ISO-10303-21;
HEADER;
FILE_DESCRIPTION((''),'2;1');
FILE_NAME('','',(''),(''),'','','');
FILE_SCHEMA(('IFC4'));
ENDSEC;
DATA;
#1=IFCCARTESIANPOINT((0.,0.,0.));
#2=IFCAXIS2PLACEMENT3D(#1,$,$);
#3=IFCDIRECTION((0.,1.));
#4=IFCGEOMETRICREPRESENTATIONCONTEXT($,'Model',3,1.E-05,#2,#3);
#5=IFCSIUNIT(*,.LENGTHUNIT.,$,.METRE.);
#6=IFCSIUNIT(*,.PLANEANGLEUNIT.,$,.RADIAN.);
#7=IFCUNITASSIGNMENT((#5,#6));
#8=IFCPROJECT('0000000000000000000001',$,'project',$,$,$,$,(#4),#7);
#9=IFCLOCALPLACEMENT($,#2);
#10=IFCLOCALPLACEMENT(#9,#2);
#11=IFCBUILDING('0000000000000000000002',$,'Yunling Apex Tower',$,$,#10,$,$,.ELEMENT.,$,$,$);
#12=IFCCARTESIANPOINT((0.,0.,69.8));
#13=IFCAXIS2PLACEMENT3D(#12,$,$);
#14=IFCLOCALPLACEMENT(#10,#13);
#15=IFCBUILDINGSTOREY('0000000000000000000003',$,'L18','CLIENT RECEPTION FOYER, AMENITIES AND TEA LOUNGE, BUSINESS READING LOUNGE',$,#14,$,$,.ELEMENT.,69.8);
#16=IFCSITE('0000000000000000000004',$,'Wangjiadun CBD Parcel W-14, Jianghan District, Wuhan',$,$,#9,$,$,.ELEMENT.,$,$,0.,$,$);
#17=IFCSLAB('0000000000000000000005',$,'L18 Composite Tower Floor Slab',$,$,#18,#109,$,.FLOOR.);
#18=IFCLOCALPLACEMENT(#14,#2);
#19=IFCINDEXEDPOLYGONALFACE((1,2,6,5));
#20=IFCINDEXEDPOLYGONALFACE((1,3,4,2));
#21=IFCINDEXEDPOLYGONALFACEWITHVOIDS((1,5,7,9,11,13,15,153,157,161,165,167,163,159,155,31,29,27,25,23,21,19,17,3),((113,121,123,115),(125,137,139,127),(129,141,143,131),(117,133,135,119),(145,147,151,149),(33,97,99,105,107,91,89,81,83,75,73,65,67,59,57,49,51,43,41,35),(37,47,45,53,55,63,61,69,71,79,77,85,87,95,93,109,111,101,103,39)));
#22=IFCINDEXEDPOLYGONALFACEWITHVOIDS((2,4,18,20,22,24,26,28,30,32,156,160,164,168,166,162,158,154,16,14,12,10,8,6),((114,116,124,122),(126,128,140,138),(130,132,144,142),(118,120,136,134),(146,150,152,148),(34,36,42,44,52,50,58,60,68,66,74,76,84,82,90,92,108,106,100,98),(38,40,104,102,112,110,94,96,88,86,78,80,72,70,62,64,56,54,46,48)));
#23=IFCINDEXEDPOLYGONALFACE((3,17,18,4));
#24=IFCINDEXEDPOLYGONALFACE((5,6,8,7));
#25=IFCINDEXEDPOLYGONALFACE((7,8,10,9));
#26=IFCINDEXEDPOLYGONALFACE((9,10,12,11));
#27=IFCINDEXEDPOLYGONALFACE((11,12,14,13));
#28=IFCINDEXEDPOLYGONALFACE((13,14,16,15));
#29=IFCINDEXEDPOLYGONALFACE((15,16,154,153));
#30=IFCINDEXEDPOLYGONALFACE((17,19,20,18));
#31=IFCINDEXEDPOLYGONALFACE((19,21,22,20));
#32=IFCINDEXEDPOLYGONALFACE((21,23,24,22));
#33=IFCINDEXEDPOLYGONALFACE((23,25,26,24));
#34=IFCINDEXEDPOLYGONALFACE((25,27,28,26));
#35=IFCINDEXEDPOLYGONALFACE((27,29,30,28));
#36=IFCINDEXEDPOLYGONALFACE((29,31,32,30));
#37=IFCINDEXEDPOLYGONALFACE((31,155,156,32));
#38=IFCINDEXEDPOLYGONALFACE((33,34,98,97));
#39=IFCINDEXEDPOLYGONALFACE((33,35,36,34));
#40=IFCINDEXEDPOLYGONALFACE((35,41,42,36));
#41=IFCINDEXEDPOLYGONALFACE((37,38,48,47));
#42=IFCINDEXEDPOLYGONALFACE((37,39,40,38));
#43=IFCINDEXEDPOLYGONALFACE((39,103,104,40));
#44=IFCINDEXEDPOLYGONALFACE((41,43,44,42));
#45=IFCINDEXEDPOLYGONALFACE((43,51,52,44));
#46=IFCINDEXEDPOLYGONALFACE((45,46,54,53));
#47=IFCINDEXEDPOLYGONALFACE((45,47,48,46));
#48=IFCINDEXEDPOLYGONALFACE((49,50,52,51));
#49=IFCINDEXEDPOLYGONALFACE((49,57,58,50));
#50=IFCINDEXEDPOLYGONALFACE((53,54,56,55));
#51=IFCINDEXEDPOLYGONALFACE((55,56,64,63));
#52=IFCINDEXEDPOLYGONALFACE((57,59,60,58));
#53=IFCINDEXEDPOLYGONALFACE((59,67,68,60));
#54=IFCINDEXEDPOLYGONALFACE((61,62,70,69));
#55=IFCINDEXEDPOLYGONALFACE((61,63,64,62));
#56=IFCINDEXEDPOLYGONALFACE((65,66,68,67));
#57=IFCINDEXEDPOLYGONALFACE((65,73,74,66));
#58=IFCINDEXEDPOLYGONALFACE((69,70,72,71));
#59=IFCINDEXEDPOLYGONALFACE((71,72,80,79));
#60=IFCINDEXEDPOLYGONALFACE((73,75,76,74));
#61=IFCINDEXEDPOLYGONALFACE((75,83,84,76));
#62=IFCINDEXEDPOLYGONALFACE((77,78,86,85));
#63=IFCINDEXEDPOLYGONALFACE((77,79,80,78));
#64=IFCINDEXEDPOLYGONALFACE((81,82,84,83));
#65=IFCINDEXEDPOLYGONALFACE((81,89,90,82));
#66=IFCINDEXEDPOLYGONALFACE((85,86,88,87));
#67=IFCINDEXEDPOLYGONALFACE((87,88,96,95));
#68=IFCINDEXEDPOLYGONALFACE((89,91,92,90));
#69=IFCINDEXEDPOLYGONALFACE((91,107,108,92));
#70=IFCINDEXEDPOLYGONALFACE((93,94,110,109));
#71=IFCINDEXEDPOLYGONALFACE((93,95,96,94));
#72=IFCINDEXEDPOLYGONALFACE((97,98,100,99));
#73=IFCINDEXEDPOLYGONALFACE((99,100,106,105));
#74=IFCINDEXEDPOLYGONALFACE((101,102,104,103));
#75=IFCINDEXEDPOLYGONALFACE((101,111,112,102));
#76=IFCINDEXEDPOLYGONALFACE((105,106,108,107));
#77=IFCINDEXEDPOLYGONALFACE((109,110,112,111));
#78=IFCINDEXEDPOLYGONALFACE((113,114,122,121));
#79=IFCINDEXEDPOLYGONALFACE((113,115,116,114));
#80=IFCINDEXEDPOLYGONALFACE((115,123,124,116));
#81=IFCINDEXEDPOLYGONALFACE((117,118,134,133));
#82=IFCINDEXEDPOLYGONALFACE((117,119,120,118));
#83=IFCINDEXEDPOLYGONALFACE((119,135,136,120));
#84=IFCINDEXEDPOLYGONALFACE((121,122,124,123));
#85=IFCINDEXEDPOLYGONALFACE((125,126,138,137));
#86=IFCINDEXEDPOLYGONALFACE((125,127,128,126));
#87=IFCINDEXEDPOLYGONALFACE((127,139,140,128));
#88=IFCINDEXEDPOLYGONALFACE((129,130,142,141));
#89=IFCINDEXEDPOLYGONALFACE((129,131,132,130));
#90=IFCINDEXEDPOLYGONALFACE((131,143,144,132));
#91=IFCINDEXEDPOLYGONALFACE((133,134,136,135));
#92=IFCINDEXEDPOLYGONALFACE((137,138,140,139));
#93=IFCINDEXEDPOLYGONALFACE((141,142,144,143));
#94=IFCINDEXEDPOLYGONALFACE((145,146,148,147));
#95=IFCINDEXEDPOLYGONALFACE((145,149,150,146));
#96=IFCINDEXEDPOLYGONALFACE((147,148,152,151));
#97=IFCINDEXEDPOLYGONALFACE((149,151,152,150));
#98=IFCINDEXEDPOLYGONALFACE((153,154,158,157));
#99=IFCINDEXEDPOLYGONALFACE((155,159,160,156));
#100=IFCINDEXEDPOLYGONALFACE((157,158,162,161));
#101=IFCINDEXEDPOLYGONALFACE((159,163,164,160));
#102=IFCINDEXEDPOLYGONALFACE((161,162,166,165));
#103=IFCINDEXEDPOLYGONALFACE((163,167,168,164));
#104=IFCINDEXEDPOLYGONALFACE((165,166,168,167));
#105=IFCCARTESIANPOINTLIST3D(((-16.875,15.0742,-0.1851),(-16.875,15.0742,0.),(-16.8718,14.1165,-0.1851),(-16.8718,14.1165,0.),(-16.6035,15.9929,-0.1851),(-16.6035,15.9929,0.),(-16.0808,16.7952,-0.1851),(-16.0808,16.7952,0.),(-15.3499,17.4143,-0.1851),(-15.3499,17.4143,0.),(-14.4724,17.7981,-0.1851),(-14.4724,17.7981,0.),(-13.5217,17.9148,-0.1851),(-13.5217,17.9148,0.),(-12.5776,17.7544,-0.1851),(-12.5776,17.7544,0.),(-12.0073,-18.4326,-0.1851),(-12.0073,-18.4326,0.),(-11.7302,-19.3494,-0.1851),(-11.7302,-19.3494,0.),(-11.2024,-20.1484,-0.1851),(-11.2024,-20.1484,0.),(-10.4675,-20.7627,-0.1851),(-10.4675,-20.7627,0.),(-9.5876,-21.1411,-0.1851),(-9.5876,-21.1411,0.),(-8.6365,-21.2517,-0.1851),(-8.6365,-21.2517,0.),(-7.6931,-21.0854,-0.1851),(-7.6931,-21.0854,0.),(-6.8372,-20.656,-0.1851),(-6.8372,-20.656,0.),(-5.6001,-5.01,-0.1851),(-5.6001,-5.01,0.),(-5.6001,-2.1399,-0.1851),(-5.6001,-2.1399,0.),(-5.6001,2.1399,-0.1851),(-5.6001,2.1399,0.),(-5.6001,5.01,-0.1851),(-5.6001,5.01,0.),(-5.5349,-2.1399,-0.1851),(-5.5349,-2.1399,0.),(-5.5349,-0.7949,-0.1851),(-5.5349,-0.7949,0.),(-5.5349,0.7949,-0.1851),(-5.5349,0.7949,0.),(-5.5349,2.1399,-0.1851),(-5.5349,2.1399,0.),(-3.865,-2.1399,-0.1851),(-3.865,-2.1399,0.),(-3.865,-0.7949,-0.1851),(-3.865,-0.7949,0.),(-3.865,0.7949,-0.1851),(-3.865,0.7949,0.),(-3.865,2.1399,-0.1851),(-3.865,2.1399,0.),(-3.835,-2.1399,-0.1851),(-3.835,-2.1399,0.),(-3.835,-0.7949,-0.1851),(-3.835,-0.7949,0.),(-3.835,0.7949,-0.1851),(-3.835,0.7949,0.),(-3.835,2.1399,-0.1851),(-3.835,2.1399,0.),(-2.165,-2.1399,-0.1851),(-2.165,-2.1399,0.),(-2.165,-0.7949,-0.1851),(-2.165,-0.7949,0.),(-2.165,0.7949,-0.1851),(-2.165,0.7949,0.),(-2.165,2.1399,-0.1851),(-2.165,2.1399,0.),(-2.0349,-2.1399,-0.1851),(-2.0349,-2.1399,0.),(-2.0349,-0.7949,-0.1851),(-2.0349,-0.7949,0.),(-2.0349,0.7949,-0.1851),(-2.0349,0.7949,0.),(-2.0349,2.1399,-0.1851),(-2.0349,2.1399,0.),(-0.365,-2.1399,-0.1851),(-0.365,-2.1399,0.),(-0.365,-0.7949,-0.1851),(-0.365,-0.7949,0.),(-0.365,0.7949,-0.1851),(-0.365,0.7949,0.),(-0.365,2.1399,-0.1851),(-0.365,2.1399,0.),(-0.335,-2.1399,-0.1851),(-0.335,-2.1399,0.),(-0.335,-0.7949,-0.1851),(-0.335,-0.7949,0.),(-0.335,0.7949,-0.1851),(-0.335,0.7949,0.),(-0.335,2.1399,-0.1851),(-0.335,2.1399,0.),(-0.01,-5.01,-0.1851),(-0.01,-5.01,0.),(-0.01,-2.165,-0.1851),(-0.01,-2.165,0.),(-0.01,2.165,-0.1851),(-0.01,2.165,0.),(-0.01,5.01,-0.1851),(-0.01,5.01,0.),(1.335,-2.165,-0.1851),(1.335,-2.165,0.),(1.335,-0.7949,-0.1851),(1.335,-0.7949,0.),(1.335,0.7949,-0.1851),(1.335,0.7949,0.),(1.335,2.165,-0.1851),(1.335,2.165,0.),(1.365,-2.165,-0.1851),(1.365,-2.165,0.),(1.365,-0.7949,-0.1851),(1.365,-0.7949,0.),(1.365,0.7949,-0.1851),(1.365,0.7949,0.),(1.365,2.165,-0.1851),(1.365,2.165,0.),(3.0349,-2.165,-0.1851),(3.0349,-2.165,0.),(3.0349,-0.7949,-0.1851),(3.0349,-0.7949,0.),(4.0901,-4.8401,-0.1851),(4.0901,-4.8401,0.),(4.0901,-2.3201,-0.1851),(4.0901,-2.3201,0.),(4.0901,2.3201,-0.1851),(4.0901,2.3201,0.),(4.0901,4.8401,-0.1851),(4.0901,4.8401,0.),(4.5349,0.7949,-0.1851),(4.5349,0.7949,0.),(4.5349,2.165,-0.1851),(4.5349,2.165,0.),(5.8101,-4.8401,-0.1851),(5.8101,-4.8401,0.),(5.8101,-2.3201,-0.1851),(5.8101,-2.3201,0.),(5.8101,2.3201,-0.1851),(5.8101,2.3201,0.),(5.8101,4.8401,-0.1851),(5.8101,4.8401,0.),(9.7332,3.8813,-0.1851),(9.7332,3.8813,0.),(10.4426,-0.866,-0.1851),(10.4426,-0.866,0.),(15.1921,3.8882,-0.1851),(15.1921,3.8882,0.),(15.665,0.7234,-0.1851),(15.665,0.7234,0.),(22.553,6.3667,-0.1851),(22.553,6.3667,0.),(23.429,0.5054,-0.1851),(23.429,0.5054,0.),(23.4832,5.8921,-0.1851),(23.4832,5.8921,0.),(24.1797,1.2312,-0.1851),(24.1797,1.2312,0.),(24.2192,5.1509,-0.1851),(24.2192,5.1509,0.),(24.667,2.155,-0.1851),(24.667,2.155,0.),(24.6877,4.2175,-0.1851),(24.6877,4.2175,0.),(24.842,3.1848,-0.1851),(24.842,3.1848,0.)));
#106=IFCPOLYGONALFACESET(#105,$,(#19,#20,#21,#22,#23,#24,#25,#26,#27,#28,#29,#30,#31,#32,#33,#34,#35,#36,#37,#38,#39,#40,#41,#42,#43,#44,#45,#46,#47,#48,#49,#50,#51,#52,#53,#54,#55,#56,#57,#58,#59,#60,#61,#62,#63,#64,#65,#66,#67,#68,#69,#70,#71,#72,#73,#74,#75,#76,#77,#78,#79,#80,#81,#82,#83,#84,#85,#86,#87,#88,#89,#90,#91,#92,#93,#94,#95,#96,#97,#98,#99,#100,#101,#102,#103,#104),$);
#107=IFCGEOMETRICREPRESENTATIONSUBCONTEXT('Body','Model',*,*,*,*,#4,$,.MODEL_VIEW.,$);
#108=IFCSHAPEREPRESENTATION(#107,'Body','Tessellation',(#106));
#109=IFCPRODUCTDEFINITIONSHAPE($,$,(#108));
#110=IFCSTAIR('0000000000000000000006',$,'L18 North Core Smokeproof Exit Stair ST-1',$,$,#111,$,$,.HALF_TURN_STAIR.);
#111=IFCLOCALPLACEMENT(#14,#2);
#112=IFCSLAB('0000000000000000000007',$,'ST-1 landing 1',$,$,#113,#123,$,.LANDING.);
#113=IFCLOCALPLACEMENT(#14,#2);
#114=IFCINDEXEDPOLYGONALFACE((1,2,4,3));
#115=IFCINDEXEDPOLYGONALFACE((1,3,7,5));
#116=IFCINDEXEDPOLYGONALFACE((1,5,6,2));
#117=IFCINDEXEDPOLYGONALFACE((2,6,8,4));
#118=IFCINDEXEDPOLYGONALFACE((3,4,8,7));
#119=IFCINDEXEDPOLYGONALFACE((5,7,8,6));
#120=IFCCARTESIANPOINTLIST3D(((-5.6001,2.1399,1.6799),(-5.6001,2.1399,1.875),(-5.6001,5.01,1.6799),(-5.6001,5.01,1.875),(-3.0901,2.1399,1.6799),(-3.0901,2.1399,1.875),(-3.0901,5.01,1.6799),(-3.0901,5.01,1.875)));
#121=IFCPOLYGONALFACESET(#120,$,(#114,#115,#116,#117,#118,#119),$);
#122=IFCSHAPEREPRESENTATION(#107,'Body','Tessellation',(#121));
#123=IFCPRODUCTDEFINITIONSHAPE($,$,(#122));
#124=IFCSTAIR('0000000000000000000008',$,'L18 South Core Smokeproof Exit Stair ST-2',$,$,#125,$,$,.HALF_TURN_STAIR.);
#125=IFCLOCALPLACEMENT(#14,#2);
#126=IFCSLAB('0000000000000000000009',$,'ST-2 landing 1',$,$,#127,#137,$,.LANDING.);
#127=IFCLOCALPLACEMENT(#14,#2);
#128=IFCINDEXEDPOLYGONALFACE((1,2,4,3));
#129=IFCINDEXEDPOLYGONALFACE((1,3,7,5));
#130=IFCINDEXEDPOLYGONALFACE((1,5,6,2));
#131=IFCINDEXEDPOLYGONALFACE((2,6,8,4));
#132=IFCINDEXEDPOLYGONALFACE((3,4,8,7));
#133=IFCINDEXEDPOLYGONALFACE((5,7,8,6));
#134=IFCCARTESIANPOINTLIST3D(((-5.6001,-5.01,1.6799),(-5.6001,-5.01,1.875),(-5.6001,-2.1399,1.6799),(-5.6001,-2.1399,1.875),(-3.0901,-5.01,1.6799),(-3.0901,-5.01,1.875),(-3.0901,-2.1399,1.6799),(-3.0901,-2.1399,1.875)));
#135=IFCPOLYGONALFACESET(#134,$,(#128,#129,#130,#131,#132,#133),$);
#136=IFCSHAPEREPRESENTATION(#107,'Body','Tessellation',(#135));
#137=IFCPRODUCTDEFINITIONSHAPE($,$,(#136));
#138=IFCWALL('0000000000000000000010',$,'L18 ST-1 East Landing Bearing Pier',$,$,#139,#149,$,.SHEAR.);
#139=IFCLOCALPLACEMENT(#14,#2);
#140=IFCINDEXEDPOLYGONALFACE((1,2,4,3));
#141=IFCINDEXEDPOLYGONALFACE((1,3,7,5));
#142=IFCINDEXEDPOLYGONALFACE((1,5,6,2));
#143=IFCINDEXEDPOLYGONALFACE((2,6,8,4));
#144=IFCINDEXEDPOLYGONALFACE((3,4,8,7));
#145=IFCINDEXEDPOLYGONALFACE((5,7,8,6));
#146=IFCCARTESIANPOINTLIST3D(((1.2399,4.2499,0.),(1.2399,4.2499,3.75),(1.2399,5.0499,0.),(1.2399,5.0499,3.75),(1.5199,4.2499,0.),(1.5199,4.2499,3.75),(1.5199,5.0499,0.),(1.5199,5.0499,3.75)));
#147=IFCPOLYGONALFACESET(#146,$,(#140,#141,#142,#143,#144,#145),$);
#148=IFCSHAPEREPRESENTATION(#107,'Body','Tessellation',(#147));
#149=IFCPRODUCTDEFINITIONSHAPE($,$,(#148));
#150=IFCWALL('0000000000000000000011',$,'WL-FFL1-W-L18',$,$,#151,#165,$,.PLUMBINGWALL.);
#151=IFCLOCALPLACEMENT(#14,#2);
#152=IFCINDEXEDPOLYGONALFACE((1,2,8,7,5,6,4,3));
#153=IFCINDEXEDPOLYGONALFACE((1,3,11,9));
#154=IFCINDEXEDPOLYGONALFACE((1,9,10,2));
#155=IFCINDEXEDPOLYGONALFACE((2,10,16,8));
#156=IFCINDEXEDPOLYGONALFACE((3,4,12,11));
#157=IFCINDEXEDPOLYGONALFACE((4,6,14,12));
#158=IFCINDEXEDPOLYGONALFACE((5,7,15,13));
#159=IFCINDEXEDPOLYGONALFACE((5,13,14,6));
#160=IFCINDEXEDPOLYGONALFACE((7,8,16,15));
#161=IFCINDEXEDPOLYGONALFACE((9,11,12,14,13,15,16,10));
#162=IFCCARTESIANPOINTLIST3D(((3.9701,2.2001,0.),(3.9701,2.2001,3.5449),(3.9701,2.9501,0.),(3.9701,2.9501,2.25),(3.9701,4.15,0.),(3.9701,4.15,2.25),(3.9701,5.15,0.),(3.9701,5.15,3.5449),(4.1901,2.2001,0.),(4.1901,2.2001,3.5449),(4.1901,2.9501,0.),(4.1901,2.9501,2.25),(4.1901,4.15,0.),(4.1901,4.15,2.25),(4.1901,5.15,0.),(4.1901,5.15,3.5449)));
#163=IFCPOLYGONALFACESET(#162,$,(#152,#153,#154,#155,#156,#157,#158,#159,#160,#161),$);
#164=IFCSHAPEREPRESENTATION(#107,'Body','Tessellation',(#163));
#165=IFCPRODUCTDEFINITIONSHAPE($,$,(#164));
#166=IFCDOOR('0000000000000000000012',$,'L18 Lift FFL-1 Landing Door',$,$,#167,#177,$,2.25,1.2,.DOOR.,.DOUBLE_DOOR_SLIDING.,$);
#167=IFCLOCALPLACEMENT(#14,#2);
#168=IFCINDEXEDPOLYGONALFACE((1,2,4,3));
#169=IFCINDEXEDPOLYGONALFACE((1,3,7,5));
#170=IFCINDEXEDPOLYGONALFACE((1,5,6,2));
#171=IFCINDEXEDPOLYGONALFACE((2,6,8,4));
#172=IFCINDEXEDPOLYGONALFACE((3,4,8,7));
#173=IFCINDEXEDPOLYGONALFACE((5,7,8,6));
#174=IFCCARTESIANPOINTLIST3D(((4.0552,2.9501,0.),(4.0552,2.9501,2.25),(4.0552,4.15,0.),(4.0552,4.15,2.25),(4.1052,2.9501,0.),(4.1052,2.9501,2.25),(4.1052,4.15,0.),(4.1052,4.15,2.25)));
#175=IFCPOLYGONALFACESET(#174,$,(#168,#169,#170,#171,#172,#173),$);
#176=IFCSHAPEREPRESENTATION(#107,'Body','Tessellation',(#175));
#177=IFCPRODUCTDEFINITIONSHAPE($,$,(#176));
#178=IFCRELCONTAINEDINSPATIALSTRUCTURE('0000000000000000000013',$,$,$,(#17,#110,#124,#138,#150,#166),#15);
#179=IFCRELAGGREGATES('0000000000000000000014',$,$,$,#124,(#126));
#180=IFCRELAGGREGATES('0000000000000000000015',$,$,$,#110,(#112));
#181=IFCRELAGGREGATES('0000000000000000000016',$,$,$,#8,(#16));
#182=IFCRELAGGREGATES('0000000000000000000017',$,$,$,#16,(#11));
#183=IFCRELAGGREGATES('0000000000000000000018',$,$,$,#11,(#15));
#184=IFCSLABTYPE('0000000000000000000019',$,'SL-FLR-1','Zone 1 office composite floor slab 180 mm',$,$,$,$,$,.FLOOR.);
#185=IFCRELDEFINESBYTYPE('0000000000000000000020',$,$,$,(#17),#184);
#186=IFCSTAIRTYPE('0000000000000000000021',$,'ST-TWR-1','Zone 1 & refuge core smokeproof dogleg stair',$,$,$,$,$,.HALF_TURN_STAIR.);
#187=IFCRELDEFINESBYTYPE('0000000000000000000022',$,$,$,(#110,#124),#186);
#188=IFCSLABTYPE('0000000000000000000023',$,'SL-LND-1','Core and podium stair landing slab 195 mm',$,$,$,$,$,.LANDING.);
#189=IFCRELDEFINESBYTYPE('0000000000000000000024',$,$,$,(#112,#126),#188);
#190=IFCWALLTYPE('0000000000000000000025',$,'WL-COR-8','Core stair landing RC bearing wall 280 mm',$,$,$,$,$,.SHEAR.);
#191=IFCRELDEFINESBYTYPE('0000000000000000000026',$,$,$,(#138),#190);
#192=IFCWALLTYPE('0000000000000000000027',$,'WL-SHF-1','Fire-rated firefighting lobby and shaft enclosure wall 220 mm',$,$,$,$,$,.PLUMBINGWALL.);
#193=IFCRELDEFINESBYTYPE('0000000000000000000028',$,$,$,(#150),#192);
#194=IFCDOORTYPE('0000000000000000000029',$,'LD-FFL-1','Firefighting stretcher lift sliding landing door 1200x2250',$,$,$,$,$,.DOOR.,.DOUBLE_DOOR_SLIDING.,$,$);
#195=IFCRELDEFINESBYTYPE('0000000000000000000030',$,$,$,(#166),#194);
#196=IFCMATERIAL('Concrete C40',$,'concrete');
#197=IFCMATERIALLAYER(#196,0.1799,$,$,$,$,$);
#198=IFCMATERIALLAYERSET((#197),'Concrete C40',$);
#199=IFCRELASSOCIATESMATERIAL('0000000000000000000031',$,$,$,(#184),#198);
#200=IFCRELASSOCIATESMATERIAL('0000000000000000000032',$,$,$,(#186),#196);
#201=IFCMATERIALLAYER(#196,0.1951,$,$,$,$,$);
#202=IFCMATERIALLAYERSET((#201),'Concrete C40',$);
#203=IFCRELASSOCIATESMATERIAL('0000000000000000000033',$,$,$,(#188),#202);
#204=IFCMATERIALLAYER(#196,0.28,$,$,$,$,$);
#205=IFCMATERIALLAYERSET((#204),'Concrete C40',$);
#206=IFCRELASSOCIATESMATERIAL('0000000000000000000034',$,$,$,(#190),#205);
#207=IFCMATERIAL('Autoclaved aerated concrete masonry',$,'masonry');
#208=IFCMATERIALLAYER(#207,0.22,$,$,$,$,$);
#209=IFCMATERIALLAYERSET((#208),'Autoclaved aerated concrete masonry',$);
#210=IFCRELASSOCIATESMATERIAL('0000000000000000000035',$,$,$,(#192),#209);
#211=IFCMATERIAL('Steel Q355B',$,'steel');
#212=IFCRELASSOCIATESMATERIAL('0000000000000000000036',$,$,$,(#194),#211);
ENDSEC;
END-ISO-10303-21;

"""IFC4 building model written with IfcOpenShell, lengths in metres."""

from ifc_helpers import new_model, si_unit, direction, frame, frame_2d, origin, place, context, subcontext, project, spatial, polyline, rectangle, outline, extrude, material, layer, layer_set, type_object, element, fill, aggregate, save


model = new_model("IFC4")

# Units and contexts
model_context = context("Model", 3, precision=1e-05, world=origin(), true_north=direction((0.0, 1.0)))
body_context = subcontext(model_context, "Body", "Model", "MODEL_VIEW")
ifc_project = project(units=[si_unit("LENGTHUNIT", "METRE"), si_unit("PLANEANGLEUNIT", "RADIAN")], contexts=[model_context])

# Site, building, storey
site_placement = place(None, origin())
site = spatial("IfcSite", under=ifc_project, at=site_placement, Name="Wangjiadun CBD Parcel W-14, Jianghan District, Wuhan", CompositionType="ELEMENT", RefElevation=0.0)
building_placement = place(site_placement, origin())
building = spatial("IfcBuilding", under=site, at=building_placement, Name="Yunling Apex Tower", CompositionType="ELEMENT")
storey_placement = place(building_placement, frame((0.0, 0.0, 69.8)))
storey = spatial("IfcBuildingStorey", under=building, at=storey_placement, Name="L18", Description="CLIENT RECEPTION FOYER, AMENITIES AND TEA LOUNGE, BUSINESS READING LOUNGE", CompositionType="ELEMENT", Elevation=69.8)

# Slab
ifc_material_1 = material(Name="Concrete C40", Category="concrete")
ifc_layer_1 = layer(ifc_material_1, 0.1799)
ifc_layer_set_1 = layer_set([ifc_layer_1], Name="Concrete C40")
slab_type_1 = type_object("IfcSlabType", Name="SL-FLR-1", Description="Zone 1 office composite floor slab 180 mm", PredefinedType="FLOOR", material=ifc_layer_set_1)
slab_1_placement = place(storey_placement, frame((0.0, 0.0, -0.1851)))
element("IfcSlab", 1, at=slab_1_placement, inside=storey, type_object=slab_type_1, Name="L18 Composite Tower Floor Slab", PredefinedType="FLOOR", context=body_context, shape_type="SweptSolid", body=[
    extrude(outline(polyline([(-12.0073, -18.4326), (-11.7302, -19.3494), (-11.2024, -20.1484), (-10.4675, -20.7627), (-9.5876, -21.1411), (-8.6365, -21.2517), (-7.6931, -21.0854), (-6.8372, -20.656), (23.429, 0.5054), (24.1797, 1.2312), (24.667, 2.155), (24.842, 3.1848), (24.6877, 4.2175), (24.2192, 5.1509), (23.4832, 5.8921), (22.553, 6.3667), (-12.5776, 17.7544), (-13.5217, 17.9148), (-14.4724, 17.7981), (-15.3499, 17.4143), (-16.0808, 16.7952), (-16.6035, 15.9929), (-16.875, 15.0742), (-16.8718, 14.1165), (-12.0073, -18.4326)]), holes=[polyline([(15.1921, 3.8882), (15.665, 0.7234), (10.4426, -0.866), (9.7332, 3.8813), (15.1921, 3.8882)]), polyline([(5.8101, -2.3201), (5.8101, -4.8401), (4.0901, -4.8401), (4.0901, -2.3201), (5.8101, -2.3201)]), polyline([(5.8101, 4.8401), (5.8101, 2.3201), (4.0901, 2.3201), (4.0901, 4.8401), (5.8101, 4.8401)]), polyline([(4.5349, 0.7949), (1.365, 0.7949), (1.365, 2.165), (4.5349, 2.165), (4.5349, 0.7949)]), polyline([(3.0349, -0.7949), (3.0349, -2.165), (1.365, -2.165), (1.365, -0.7949), (3.0349, -0.7949)]), polyline([(-3.865, -0.7949), (-3.865, -2.1399), (-3.835, -2.1399), (-3.835, -0.7949), (-2.165, -0.7949), (-2.165, -2.1399), (-2.0349, -2.1399), (-2.0349, -0.7949), (-0.365, -0.7949), (-0.365, -2.1399), (-0.335, -2.1399), (-0.335, -0.7949), (1.335, -0.7949), (1.335, -2.165), (-0.01, -2.165), (-0.01, -5.01), (-5.6001, -5.01), (-5.6001, -2.1399), (-5.5349, -2.1399), (-5.5349, -0.7949), (-3.865, -0.7949)]), polyline([(-5.6001, 2.1399), (-5.6001, 5.01), (-0.01, 5.01), (-0.01, 2.165), (1.335, 2.165), (1.335, 0.7949), (-0.335, 0.7949), (-0.335, 2.1399), (-0.365, 2.1399), (-0.365, 0.7949), (-2.0349, 0.7949), (-2.0349, 2.1399), (-2.165, 2.1399), (-2.165, 0.7949), (-3.835, 0.7949), (-3.835, 2.1399), (-3.865, 2.1399), (-3.865, 0.7949), (-5.5349, 0.7949), (-5.5349, 2.1399), (-5.6001, 2.1399)])]), origin(), (0.0, 0.0, 1.0), 0.1851),
])

# Stairs, slabs
stair_type = type_object("IfcStairType", Name="ST-TWR-1", Description="Zone 1 & refuge core smokeproof dogleg stair", PredefinedType="HALF_TURN_STAIR", material=ifc_material_1)
stair_1_placement = place(storey_placement, origin())
stair_1 = element("IfcStair", 2, at=stair_1_placement, inside=storey, type_object=stair_type, Name="L18 North Core Smokeproof Exit Stair ST-1", PredefinedType="HALF_TURN_STAIR")
ifc_layer_2 = layer(ifc_material_1, 0.1951)
ifc_layer_set_2 = layer_set([ifc_layer_2], Name="Concrete C40")
slab_type_2 = type_object("IfcSlabType", Name="SL-LND-1", Description="Core and podium stair landing slab 195 mm", PredefinedType="LANDING", material=ifc_layer_set_2)
slab_2_placement = place(storey_placement, frame((0.0, 0.0, 1.6799)))
slab_2 = element("IfcSlab", 3, at=slab_2_placement, type_object=slab_type_2, Name="ST-1 landing 1", PredefinedType="LANDING", context=body_context, shape_type="SweptSolid", body=[
    extrude(outline(polyline([(-3.0901, 5.01), (-5.6001, 5.01), (-5.6001, 2.1399), (-3.0901, 2.1399), (-3.0901, 5.01)])), origin(), (0.0, 0.0, 1.0), 0.1951),
])
stair_2_placement = place(storey_placement, origin())
stair_2 = element("IfcStair", 4, at=stair_2_placement, inside=storey, type_object=stair_type, Name="L18 South Core Smokeproof Exit Stair ST-2", PredefinedType="HALF_TURN_STAIR")
slab_3_placement = place(storey_placement, frame((0.0, 0.0, 1.6799)))
slab_3 = element("IfcSlab", 5, at=slab_3_placement, type_object=slab_type_2, Name="ST-2 landing 1", PredefinedType="LANDING", context=body_context, shape_type="SweptSolid", body=[
    extrude(outline(polyline([(-3.0901, -2.1399), (-5.6001, -2.1399), (-5.6001, -5.01), (-3.0901, -5.01), (-3.0901, -2.1399)])), origin(), (0.0, 0.0, 1.0), 0.1951),
])
aggregate(stair_2, [slab_3])

# Wall
ifc_layer_3 = layer(ifc_material_1, 0.28)
ifc_layer_set_3 = layer_set([ifc_layer_3], Name="Concrete C40")
wall_type_1 = type_object("IfcWallType", Name="WL-COR-8", Description="Core stair landing RC bearing wall 280 mm", PredefinedType="SHEAR", material=ifc_layer_set_3)
wall_1_placement = place(storey_placement, frame((1.3799, 4.25, 0.0), z_axis=(0.0, 0.0, 1.0), x_axis=(0.0, 1.0, 0.0)))
element("IfcWall", 6, at=wall_1_placement, inside=storey, type_object=wall_type_1, Name="L18 ST-1 East Landing Bearing Pier", PredefinedType="SHEAR", context=body_context, shape_type="SweptSolid", body=[
    extrude(rectangle(XDim=0.8, YDim=0.28, at=frame_2d((0.3999, 0.0))), origin(), (0.0, 0.0, 1.0), 3.75),
])

# Wall, opening, door
ifc_material_2 = material(Name="Autoclaved aerated concrete masonry", Category="masonry")
ifc_layer_4 = layer(ifc_material_2, 0.22)
ifc_layer_set_4 = layer_set([ifc_layer_4], Name="Autoclaved aerated concrete masonry")
wall_type_2 = type_object("IfcWallType", Name="WL-SHF-1", Description="Fire-rated firefighting lobby and shaft enclosure wall 220 mm", PredefinedType="PLUMBINGWALL", material=ifc_layer_set_4)
ifc_material_3 = material(Name="Steel Q355B", Category="steel")
wall_2_placement = place(storey_placement, frame((4.0801, 2.2, 0.0), z_axis=(0.0, 0.0, 1.0), x_axis=(0.0, 1.0, 0.0)))
wall_2 = element("IfcWall", 7, at=wall_2_placement, inside=storey, type_object=wall_type_2, Name="WL-FFL1-W-L18", PredefinedType="PLUMBINGWALL", context=body_context, shape_type="SweptSolid", body=[
    extrude(rectangle(XDim=2.95, YDim=0.22, at=frame_2d((1.4751, 0.0))), origin(), (0.0, 0.0, 1.0), 3.5449),
])
opening_1_placement = place(wall_2_placement, frame((0.75, 0.0, 0.0)))
opening_1 = element("IfcOpeningElement", 8, at=opening_1_placement, cuts=wall_2, PredefinedType="OPENING", context=body_context, shape_type="SweptSolid", body=[
    extrude(rectangle(XDim=1.2, YDim=2.25, at=frame_2d((0.6001, 1.125))), frame((0.0, 0.1201, 0.0), z_axis=(0.0, -1.0, 0.0), x_axis=(1.0, 0.0, 0.0)), (0.0, 0.0, 1.0), 0.24),
])
door_type_1 = type_object("IfcDoorType", Name="LD-FFL-1", Description="Firefighting stretcher lift sliding landing door 1200x2250", OperationType="DOUBLE_DOOR_SLIDING", PredefinedType="DOOR", material=ifc_material_3)
door_1_placement = place(opening_1_placement, origin())
door_1 = element("IfcDoor", 9, at=door_1_placement, inside=storey, type_object=door_type_1, Name="L18 Lift FFL-1 Landing Door", OperationType="DOUBLE_DOOR_SLIDING", OverallHeight=2.25, OverallWidth=1.2, PredefinedType="DOOR", context=body_context, shape_type="SweptSolid", body=[
    extrude(rectangle(XDim=1.2, YDim=2.25, at=frame_2d((0.6001, 1.125))), frame((0.0, 0.0249, 0.0), z_axis=(0.0, -1.0, 0.0), x_axis=(1.0, 0.0, 0.0)), (0.0, 0.0, 1.0), 0.05),
])
fill(opening_1, door_1)

aggregate(stair_1, [slab_2])

save(model, "model.ifc")
